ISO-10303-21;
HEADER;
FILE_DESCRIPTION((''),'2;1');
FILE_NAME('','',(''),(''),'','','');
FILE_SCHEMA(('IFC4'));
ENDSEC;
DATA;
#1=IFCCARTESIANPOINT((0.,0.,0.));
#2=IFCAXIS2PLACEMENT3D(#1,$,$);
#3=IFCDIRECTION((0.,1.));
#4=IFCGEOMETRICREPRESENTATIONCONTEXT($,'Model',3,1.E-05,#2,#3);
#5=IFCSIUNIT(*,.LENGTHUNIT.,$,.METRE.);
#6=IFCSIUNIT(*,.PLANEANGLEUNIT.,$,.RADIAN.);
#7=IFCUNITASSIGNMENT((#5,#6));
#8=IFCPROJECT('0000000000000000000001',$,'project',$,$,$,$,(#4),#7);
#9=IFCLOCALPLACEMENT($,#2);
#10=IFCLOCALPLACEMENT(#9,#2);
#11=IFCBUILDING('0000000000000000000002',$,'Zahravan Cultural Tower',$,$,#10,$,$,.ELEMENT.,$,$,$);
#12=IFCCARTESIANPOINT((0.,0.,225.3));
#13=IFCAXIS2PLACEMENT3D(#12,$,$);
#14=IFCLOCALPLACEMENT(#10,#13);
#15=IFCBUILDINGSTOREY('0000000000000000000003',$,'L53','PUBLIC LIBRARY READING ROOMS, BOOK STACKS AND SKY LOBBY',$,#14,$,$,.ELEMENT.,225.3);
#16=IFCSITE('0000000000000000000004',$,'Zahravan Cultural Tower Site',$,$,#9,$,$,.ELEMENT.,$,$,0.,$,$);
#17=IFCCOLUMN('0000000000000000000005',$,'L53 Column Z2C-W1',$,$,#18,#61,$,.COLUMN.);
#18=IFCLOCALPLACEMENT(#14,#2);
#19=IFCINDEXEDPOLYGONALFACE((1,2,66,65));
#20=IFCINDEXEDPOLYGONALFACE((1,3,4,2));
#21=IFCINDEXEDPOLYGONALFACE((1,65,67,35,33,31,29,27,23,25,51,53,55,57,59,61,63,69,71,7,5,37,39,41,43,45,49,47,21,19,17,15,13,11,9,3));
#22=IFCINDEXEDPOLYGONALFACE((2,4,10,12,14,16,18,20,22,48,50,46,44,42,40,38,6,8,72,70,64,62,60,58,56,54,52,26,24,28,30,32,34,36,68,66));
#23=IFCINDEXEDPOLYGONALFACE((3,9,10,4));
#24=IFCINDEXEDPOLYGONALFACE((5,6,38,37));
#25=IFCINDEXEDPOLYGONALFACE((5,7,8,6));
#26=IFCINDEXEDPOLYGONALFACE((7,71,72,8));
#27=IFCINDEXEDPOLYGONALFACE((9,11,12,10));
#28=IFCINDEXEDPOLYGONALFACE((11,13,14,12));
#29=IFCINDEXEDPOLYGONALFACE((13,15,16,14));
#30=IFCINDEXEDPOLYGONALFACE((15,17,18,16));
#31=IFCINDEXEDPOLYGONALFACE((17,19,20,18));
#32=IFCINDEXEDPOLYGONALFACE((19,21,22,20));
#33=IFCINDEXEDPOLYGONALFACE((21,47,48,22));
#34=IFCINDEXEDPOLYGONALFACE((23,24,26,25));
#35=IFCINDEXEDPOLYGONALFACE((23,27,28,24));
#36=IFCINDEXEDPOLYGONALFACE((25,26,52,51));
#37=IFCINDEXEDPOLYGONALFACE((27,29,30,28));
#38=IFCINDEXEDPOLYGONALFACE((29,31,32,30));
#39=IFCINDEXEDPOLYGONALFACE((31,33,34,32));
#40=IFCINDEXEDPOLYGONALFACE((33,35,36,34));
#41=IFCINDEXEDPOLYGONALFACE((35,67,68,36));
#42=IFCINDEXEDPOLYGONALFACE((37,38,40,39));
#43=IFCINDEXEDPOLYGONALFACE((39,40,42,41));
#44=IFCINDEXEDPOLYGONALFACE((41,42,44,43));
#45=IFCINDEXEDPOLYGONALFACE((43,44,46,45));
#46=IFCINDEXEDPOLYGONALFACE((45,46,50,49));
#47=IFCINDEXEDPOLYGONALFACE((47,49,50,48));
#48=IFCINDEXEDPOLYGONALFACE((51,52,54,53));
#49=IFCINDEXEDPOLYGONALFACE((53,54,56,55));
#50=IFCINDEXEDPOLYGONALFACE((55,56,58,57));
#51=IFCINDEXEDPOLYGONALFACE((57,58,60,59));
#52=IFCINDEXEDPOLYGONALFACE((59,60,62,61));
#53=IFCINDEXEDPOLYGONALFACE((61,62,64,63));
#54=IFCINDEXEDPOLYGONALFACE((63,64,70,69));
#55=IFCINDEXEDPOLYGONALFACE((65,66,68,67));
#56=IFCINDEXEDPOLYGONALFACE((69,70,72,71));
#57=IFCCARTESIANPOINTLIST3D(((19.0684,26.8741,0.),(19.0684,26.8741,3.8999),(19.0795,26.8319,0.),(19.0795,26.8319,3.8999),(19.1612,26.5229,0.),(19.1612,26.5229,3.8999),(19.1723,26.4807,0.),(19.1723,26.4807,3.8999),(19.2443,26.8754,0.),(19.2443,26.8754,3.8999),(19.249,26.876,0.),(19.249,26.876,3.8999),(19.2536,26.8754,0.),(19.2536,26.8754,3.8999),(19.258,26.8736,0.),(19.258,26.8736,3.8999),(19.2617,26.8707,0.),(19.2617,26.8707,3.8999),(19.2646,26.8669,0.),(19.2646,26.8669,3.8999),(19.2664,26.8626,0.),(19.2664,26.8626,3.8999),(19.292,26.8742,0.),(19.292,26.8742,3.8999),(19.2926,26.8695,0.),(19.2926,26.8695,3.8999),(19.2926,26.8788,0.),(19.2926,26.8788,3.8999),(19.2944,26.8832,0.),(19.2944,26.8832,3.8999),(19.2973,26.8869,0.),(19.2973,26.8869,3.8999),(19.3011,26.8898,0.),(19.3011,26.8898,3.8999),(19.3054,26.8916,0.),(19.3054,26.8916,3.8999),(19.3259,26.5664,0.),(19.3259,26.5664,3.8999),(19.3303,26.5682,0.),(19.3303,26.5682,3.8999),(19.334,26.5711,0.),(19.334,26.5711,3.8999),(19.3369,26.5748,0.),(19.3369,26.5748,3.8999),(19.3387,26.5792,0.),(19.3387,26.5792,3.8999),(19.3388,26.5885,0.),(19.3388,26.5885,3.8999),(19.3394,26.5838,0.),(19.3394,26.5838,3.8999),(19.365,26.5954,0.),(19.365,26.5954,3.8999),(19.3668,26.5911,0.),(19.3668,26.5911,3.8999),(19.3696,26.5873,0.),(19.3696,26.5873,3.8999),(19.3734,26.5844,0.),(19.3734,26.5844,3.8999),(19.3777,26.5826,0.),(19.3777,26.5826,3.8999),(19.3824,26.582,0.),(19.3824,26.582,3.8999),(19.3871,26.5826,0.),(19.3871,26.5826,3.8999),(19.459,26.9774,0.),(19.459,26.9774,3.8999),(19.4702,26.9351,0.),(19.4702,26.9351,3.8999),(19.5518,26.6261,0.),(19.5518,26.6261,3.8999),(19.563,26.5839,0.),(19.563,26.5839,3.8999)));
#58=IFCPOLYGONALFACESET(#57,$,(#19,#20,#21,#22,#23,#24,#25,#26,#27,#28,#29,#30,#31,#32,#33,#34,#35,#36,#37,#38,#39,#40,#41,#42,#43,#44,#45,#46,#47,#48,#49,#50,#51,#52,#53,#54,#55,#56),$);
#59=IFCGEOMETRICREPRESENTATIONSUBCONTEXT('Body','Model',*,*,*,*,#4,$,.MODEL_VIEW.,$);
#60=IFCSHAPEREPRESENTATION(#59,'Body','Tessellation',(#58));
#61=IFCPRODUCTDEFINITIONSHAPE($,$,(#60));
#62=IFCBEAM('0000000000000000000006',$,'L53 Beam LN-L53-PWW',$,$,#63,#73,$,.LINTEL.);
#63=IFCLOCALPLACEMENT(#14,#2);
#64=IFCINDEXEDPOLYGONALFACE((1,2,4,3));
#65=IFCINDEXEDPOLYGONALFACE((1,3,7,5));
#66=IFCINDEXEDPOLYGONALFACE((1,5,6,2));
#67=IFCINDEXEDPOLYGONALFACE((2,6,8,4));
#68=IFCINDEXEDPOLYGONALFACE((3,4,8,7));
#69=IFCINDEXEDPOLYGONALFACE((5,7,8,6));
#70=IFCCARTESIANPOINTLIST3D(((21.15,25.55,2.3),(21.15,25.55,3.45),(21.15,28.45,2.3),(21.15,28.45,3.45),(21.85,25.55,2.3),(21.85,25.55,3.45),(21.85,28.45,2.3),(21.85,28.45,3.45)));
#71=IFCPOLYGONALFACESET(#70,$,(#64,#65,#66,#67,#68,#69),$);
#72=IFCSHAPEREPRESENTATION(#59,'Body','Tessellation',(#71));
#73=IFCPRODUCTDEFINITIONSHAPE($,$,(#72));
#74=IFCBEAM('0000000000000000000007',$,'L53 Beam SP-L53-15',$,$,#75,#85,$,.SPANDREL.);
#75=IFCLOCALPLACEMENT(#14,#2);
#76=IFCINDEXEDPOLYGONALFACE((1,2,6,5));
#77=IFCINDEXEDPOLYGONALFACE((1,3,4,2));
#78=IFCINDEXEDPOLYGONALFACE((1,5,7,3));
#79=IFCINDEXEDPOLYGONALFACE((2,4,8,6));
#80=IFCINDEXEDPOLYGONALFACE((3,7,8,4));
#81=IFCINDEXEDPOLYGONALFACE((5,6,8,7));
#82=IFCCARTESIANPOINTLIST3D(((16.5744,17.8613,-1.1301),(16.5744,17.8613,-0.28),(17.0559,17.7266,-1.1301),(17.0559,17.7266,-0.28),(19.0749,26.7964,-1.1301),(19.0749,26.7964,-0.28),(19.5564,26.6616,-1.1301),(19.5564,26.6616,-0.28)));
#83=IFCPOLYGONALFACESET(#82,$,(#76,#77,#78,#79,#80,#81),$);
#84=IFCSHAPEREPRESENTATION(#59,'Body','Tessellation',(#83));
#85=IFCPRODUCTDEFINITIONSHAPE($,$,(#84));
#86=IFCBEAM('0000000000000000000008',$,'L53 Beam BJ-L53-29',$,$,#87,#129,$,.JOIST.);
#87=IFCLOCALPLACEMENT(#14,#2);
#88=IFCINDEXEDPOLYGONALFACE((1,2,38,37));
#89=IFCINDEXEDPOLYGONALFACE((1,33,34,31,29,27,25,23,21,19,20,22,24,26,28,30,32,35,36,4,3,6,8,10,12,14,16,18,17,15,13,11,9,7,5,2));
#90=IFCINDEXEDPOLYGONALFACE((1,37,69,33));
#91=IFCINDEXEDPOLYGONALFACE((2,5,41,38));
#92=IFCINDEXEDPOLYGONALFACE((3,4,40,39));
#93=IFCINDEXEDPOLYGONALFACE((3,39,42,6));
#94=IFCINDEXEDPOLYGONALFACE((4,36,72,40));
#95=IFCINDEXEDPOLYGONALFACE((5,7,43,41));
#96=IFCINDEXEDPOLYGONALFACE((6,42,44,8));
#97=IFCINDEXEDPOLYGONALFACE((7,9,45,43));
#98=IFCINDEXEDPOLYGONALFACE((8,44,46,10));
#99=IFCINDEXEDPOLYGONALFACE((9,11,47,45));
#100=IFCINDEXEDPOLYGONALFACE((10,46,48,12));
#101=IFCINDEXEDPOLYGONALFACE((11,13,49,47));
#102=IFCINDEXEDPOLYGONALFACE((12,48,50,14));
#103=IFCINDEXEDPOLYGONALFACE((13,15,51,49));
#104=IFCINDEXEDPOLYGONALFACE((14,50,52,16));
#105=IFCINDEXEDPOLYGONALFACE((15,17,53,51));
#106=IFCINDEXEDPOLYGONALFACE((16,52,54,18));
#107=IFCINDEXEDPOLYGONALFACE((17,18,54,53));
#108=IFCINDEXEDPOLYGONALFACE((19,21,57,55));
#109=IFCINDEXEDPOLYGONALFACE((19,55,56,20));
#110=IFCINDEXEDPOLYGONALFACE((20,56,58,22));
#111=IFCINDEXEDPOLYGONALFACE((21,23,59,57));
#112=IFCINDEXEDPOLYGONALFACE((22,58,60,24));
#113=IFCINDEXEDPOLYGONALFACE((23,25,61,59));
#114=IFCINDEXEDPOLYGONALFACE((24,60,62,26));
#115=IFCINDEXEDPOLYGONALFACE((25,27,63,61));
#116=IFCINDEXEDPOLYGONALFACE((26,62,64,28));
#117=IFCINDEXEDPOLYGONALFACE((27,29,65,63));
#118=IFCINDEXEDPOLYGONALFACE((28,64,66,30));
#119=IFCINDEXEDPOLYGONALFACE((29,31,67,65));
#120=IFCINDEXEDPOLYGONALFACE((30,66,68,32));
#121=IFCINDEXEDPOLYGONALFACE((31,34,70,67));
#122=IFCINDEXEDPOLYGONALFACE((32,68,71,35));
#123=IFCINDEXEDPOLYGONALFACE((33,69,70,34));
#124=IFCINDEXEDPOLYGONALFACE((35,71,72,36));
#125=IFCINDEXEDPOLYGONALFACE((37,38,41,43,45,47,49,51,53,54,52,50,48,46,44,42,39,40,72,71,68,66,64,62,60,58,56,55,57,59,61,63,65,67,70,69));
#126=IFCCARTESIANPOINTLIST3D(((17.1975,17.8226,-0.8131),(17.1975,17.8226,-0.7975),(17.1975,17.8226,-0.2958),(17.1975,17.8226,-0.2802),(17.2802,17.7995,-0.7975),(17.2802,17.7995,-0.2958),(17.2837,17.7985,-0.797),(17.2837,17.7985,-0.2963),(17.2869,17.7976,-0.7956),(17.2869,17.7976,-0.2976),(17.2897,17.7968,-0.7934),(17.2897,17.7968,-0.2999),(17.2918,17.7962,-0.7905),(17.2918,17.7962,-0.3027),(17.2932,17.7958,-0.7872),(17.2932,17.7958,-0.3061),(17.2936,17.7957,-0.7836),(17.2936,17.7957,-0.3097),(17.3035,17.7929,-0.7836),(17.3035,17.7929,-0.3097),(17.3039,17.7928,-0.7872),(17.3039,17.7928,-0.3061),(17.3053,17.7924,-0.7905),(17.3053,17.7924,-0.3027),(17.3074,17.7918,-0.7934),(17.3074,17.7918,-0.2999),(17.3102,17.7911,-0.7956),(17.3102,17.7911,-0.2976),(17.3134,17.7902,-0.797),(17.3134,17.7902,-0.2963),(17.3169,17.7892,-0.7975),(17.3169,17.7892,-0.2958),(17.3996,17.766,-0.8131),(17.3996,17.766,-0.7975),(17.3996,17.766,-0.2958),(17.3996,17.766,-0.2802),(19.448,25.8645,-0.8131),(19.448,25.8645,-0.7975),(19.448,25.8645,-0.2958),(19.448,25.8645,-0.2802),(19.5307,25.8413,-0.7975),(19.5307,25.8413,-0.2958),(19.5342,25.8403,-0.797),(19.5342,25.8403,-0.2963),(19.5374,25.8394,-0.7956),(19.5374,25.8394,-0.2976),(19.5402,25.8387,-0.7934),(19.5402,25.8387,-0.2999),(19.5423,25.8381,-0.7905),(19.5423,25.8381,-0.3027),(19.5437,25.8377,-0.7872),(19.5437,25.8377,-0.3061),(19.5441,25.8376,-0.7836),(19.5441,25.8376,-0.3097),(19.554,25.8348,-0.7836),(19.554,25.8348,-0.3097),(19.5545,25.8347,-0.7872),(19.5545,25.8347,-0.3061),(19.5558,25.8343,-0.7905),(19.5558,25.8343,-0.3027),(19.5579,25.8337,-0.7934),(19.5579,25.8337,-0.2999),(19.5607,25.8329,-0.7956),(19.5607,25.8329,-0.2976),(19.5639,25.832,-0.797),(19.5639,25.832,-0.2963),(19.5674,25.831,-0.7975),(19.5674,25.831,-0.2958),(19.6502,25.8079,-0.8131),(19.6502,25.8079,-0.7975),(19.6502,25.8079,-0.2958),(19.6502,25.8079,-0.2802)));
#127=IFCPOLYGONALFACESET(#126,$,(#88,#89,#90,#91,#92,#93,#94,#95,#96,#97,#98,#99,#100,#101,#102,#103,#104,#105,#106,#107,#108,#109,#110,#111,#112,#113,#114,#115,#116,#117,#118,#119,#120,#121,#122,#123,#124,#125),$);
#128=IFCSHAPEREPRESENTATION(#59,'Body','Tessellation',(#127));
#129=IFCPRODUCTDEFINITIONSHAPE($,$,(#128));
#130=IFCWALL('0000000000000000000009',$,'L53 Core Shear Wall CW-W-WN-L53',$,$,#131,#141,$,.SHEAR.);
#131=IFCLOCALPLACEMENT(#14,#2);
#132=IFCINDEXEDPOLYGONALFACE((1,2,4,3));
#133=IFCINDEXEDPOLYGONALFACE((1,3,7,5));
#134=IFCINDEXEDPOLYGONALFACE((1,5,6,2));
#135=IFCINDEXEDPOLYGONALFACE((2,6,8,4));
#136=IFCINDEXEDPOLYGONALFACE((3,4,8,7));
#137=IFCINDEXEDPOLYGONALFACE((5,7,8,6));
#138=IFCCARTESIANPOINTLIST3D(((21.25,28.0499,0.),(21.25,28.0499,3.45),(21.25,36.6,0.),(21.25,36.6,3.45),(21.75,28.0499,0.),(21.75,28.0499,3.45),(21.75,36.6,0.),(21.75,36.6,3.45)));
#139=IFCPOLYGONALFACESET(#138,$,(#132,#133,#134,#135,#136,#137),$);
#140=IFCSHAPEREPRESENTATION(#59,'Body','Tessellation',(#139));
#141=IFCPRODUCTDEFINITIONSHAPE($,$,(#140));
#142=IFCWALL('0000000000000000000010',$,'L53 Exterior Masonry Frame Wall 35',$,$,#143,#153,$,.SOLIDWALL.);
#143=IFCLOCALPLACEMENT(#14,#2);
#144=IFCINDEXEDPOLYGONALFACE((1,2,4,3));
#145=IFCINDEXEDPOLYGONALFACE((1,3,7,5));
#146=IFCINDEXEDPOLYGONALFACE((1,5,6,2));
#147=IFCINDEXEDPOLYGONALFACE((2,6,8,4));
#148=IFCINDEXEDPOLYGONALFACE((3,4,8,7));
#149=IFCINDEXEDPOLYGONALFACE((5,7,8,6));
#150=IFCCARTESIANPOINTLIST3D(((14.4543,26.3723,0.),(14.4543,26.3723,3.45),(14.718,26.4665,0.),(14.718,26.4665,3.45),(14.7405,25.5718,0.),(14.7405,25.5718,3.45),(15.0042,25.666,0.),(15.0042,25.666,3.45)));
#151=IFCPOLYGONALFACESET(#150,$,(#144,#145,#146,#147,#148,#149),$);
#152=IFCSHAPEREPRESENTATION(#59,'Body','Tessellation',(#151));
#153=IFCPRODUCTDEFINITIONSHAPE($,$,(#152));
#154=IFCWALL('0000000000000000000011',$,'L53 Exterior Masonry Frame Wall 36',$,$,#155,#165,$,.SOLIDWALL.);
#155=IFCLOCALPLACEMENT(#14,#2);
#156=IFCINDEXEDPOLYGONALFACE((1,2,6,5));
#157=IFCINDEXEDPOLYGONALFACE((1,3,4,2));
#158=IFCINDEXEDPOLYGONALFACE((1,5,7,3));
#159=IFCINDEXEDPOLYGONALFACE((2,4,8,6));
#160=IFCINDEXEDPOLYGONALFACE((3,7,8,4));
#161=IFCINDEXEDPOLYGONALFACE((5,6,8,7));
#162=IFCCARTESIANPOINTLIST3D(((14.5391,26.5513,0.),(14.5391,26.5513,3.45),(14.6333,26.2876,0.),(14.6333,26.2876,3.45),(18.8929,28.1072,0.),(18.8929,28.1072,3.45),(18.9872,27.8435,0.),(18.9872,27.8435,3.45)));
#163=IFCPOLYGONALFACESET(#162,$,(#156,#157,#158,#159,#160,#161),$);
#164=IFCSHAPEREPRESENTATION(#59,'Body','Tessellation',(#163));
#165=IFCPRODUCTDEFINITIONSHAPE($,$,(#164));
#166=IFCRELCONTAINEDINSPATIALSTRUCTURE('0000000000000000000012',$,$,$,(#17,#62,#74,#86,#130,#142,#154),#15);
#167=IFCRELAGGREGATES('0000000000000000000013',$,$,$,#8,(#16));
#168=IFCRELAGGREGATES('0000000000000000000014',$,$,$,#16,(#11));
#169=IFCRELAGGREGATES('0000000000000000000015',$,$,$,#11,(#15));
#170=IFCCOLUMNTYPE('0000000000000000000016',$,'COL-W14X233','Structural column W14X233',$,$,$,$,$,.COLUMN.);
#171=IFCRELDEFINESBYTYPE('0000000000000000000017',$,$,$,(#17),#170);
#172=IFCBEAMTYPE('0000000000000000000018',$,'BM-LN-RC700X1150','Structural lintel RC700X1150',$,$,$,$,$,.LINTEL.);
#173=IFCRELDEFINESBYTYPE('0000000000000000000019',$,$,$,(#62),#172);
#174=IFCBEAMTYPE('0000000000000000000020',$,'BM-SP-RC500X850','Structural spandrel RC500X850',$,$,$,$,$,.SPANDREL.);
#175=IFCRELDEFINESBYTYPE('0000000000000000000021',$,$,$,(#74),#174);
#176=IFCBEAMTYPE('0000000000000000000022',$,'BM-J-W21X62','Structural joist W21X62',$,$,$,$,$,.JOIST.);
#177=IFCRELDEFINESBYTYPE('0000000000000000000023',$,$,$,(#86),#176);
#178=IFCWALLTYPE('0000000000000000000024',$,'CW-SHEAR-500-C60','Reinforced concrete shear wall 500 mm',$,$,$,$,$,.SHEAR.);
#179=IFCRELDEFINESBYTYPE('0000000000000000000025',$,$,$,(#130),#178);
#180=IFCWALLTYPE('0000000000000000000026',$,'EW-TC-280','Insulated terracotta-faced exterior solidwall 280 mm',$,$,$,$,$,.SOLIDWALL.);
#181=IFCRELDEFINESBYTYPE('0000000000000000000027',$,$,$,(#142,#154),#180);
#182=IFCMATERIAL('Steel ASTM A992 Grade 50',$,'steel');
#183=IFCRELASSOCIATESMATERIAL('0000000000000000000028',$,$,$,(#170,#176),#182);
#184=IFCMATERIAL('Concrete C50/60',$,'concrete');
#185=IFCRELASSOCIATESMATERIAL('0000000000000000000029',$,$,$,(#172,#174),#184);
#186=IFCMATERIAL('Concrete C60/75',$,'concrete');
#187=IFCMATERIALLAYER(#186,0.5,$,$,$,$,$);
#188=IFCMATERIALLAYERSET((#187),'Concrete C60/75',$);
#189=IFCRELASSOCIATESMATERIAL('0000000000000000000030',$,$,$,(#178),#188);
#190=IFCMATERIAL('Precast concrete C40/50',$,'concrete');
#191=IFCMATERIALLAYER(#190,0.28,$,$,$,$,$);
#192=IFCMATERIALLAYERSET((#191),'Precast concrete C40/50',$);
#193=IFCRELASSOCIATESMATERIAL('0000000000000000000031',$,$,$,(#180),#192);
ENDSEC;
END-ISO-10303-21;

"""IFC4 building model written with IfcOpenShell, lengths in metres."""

from ifc_helpers import new_model, si_unit, direction, frame, frame_2d, origin, origin_2d, place, context, subcontext, project, spatial, rectangle, i_section, extrude, source, transform, mapped, material, layer, layer_set, material_profile, profile_set, type_object, element, save


model = new_model("IFC4")

# Units and contexts
model_context = context("Model", 3, precision=1e-05, world=origin(), true_north=direction((0.0, 1.0)))
body_context = subcontext(model_context, "Body", "Model", "MODEL_VIEW")
ifc_project = project(units=[si_unit("LENGTHUNIT", "METRE"), si_unit("PLANEANGLEUNIT", "RADIAN")], contexts=[model_context])

# Site, building, storey
site_placement = place(None, origin())
site = spatial("IfcSite", under=ifc_project, at=site_placement, Name="Zahravan Cultural Tower Site", CompositionType="ELEMENT", RefElevation=0.0)
building_placement = place(site_placement, origin())
building = spatial("IfcBuilding", under=site, at=building_placement, Name="Zahravan Cultural Tower", CompositionType="ELEMENT")
storey_placement = place(building_placement, frame((0.0, 0.0, 225.3)))
storey = spatial("IfcBuildingStorey", under=building, at=storey_placement, Name="L53", Description="PUBLIC LIBRARY READING ROOMS, BOOK STACKS AND SKY LOBBY", CompositionType="ELEMENT", Elevation=225.3)

# Column
ifc_material_1 = material(Name="Steel ASTM A992 Grade 50", Category="steel")
ifc_material_profile_1 = material_profile(ifc_material_1, i_section(OverallWidth=0.4041, OverallDepth=0.407, WebThickness=0.0271, FlangeThickness=0.0437, FilletRadius=0.0181, at=origin_2d()), Name="W14X233")
ifc_profile_set_1 = profile_set([ifc_material_profile_1], Name="Steel ASTM A992 Grade 50")
column_type = type_object("IfcColumnType", Name="COL-W14X233", Description="Structural column W14X233", PredefinedType="COLUMN", material=ifc_profile_set_1)
shared_shape_1 = source(origin(), body_context, "Body", "SweptSolid", [
    extrude(i_section(OverallWidth=0.4041, OverallDepth=0.407, WebThickness=0.0271, FlangeThickness=0.0437, FilletRadius=0.0181, at=origin_2d()), origin(), (0.0, 0.0, 1.0), 3.8999),
])
column_placement = place(storey_placement, frame((19.3157, 26.729, 0.0), z_axis=(0.0, 0.0, 1.0), x_axis=(0.966823, 0.255446, 0.0)))
element("IfcColumn", 1, at=column_placement, inside=storey, type_object=column_type, Name="L53 Column Z2C-W1", PredefinedType="COLUMN", context=body_context, shape_type="MappedRepresentation", body=[
    mapped(shared_shape_1, transform((0.0, 0.0, 0.0), x_axis=(1.0, 0.0, 0.0), y_axis=(0.0, 1.0, 0.0), z_axis=(0.0, 0.0, 1.0), scale=1.0)),
])

# Beams
ifc_material_2 = material(Name="Concrete C50/60", Category="concrete")
ifc_material_profile_2 = material_profile(ifc_material_2, rectangle(XDim=0.7, YDim=1.1499, at=origin_2d()), Name="RC700X1150")
ifc_profile_set_2 = profile_set([ifc_material_profile_2], Name="Concrete C50/60")
beam_type_1 = type_object("IfcBeamType", Name="BM-LN-RC700X1150", Description="Structural lintel RC700X1150", PredefinedType="LINTEL", material=ifc_profile_set_2)
shared_shape_2 = source(origin(), body_context, "Body", "SweptSolid", [
    extrude(rectangle(XDim=0.7, YDim=1.1499, at=origin_2d()), origin(), (0.0, 0.0, 1.0), 2.8999),
])
beam_1_placement = place(storey_placement, frame((21.5, 25.55, 2.875), z_axis=(0.0, 1.0, 0.0), x_axis=(-1.0, 0.0, 0.0)))
element("IfcBeam", 2, at=beam_1_placement, inside=storey, type_object=beam_type_1, Name="L53 Beam LN-L53-PWW", PredefinedType="LINTEL", context=body_context, shape_type="MappedRepresentation", body=[
    mapped(shared_shape_2, transform((0.0, 0.0, 0.0), x_axis=(1.0, 0.0, 0.0), y_axis=(0.0, 1.0, 0.0), z_axis=(0.0, 0.0, 1.0), scale=1.0)),
])
ifc_material_profile_3 = material_profile(ifc_material_2, rectangle(XDim=0.5, YDim=0.8501, at=origin_2d()), Name="RC500X850")
ifc_profile_set_3 = profile_set([ifc_material_profile_3], Name="Concrete C50/60")
beam_type_2 = type_object("IfcBeamType", Name="BM-SP-RC500X850", Description="Structural spandrel RC500X850", PredefinedType="SPANDREL", material=ifc_profile_set_3)
shared_shape_3 = source(origin(), body_context, "Body", "SweptSolid", [
    extrude(rectangle(XDim=0.5, YDim=0.8501, at=origin_2d()), origin(), (0.0, 0.0, 1.0), 9.2783),
])
beam_2_placement = place(storey_placement, frame((19.3157, 26.729, -0.7051), z_axis=(-0.269497, -0.963001, 0.0), x_axis=(0.963001, -0.269497, 0.0)))
element("IfcBeam", 3, at=beam_2_placement, inside=storey, type_object=beam_type_2, Name="L53 Beam SP-L53-15", PredefinedType="SPANDREL", context=body_context, shape_type="MappedRepresentation", body=[
    mapped(shared_shape_3, transform((0.0, 0.0, 0.0), x_axis=(1.0, 0.0, 0.0), y_axis=(0.0, 1.0, 0.0), z_axis=(0.0, 0.0, 1.0), scale=1.0)),
])
ifc_material_profile_4 = material_profile(ifc_material_1, i_section(OverallWidth=0.21, OverallDepth=0.533, WebThickness=0.0103, FlangeThickness=0.0156, FilletRadius=0.0139, at=origin_2d()), Name="W21X62")
ifc_profile_set_4 = profile_set([ifc_material_profile_4], Name="Steel ASTM A992 Grade 50")
beam_type_3 = type_object("IfcBeamType", Name="BM-J-W21X62", Description="Structural joist W21X62", PredefinedType="JOIST", material=ifc_profile_set_4)
shared_shape_4 = source(origin(), body_context, "Body", "SweptSolid", [
    extrude(i_section(OverallWidth=0.21, OverallDepth=0.533, WebThickness=0.0103, FlangeThickness=0.0156, FilletRadius=0.0139, at=origin_2d()), origin(), (0.0, 0.0, 1.0), 8.3508),
])
beam_3_placement = place(storey_placement, frame((19.5491, 25.8362, -0.5466), z_axis=(-0.269497, -0.963001, 0.0), x_axis=(0.963001, -0.269497, 0.0)))
element("IfcBeam", 4, at=beam_3_placement, inside=storey, type_object=beam_type_3, Name="L53 Beam BJ-L53-29", PredefinedType="JOIST", context=body_context, shape_type="MappedRepresentation", body=[
    mapped(shared_shape_4, transform((0.0, 0.0, 0.0), x_axis=(1.0, 0.0, 0.0), y_axis=(0.0, 1.0, 0.0), z_axis=(0.0, 0.0, 1.0), scale=1.0)),
])

# Walls
ifc_material_3 = material(Name="Concrete C60/75", Category="concrete")
ifc_layer_1 = layer(ifc_material_3, 0.5)
ifc_layer_set_1 = layer_set([ifc_layer_1], Name="Concrete C60/75")
wall_type_1 = type_object("IfcWallType", Name="CW-SHEAR-500-C60", Description="Reinforced concrete shear wall 500 mm", PredefinedType="SHEAR", material=ifc_layer_set_1)
shared_shape_5 = source(origin(), body_context, "Body", "SweptSolid", [
    extrude(rectangle(XDim=8.55, YDim=0.5, at=frame_2d((4.2749, 0.0))), origin(), (0.0, 0.0, 1.0), 3.45),
])
wall_1_placement = place(storey_placement, frame((21.5, 28.05, 0.0), z_axis=(0.0, 0.0, 1.0), x_axis=(0.0, 1.0, 0.0)))
element("IfcWall", 5, at=wall_1_placement, inside=storey, type_object=wall_type_1, Name="L53 Core Shear Wall CW-W-WN-L53", PredefinedType="SHEAR", context=body_context, shape_type="MappedRepresentation", body=[
    mapped(shared_shape_5, transform((0.0, 0.0, 0.0), x_axis=(1.0, 0.0, 0.0), y_axis=(0.0, 1.0, 0.0), z_axis=(0.0, 0.0, 1.0), scale=1.0)),
])
ifc_material_4 = material(Name="Precast concrete C40/50", Category="concrete")
ifc_layer_2 = layer(ifc_material_4, 0.28)
ifc_layer_set_2 = layer_set([ifc_layer_2], Name="Precast concrete C40/50")
wall_type_2 = type_object("IfcWallType", Name="EW-TC-280", Description="Insulated terracotta-faced exterior solidwall 280 mm", PredefinedType="SOLIDWALL", material=ifc_layer_set_2)
shared_shape_6 = source(origin(), body_context, "Body", "SweptSolid", [
    extrude(rectangle(XDim=0.8501, YDim=0.28, at=frame_2d((0.425, 0.0))), origin(), (0.0, 0.0, 1.0), 3.45),
])
wall_2_placement = place(storey_placement, frame((14.8723, 25.6189, 0.0), z_axis=(0.0, 0.0, 1.0), x_axis=(-0.336573, 0.941657, 0.0)))
element("IfcWall", 6, at=wall_2_placement, inside=storey, type_object=wall_type_2, Name="L53 Exterior Masonry Frame Wall 35", PredefinedType="SOLIDWALL", context=body_context, shape_type="MappedRepresentation", body=[
    mapped(shared_shape_6, transform((0.0, 0.0, 0.0), x_axis=(1.0, 0.0, 0.0), y_axis=(0.0, 1.0, 0.0), z_axis=(0.0, 0.0, 1.0), scale=1.0)),
])
shared_shape_7 = source(origin(), body_context, "Body", "SweptSolid", [
    extrude(rectangle(XDim=4.6235, YDim=0.28, at=frame_2d((2.3118, 0.0))), origin(), (0.0, 0.0, 1.0), 3.45),
])
wall_3_placement = place(storey_placement, frame((14.5862, 26.4194, 0.0), z_axis=(0.0, 0.0, 1.0), x_axis=(0.941674, 0.336527, 0.0)))
element("IfcWall", 7, at=wall_3_placement, inside=storey, type_object=wall_type_2, Name="L53 Exterior Masonry Frame Wall 36", PredefinedType="SOLIDWALL", context=body_context, shape_type="MappedRepresentation", body=[
    mapped(shared_shape_7, transform((0.0, 0.0, 0.0), x_axis=(1.0, 0.0, 0.0), y_axis=(0.0, 1.0, 0.0), z_axis=(0.0, 0.0, 1.0), scale=1.0)),
])

save(model, "model.ifc")
